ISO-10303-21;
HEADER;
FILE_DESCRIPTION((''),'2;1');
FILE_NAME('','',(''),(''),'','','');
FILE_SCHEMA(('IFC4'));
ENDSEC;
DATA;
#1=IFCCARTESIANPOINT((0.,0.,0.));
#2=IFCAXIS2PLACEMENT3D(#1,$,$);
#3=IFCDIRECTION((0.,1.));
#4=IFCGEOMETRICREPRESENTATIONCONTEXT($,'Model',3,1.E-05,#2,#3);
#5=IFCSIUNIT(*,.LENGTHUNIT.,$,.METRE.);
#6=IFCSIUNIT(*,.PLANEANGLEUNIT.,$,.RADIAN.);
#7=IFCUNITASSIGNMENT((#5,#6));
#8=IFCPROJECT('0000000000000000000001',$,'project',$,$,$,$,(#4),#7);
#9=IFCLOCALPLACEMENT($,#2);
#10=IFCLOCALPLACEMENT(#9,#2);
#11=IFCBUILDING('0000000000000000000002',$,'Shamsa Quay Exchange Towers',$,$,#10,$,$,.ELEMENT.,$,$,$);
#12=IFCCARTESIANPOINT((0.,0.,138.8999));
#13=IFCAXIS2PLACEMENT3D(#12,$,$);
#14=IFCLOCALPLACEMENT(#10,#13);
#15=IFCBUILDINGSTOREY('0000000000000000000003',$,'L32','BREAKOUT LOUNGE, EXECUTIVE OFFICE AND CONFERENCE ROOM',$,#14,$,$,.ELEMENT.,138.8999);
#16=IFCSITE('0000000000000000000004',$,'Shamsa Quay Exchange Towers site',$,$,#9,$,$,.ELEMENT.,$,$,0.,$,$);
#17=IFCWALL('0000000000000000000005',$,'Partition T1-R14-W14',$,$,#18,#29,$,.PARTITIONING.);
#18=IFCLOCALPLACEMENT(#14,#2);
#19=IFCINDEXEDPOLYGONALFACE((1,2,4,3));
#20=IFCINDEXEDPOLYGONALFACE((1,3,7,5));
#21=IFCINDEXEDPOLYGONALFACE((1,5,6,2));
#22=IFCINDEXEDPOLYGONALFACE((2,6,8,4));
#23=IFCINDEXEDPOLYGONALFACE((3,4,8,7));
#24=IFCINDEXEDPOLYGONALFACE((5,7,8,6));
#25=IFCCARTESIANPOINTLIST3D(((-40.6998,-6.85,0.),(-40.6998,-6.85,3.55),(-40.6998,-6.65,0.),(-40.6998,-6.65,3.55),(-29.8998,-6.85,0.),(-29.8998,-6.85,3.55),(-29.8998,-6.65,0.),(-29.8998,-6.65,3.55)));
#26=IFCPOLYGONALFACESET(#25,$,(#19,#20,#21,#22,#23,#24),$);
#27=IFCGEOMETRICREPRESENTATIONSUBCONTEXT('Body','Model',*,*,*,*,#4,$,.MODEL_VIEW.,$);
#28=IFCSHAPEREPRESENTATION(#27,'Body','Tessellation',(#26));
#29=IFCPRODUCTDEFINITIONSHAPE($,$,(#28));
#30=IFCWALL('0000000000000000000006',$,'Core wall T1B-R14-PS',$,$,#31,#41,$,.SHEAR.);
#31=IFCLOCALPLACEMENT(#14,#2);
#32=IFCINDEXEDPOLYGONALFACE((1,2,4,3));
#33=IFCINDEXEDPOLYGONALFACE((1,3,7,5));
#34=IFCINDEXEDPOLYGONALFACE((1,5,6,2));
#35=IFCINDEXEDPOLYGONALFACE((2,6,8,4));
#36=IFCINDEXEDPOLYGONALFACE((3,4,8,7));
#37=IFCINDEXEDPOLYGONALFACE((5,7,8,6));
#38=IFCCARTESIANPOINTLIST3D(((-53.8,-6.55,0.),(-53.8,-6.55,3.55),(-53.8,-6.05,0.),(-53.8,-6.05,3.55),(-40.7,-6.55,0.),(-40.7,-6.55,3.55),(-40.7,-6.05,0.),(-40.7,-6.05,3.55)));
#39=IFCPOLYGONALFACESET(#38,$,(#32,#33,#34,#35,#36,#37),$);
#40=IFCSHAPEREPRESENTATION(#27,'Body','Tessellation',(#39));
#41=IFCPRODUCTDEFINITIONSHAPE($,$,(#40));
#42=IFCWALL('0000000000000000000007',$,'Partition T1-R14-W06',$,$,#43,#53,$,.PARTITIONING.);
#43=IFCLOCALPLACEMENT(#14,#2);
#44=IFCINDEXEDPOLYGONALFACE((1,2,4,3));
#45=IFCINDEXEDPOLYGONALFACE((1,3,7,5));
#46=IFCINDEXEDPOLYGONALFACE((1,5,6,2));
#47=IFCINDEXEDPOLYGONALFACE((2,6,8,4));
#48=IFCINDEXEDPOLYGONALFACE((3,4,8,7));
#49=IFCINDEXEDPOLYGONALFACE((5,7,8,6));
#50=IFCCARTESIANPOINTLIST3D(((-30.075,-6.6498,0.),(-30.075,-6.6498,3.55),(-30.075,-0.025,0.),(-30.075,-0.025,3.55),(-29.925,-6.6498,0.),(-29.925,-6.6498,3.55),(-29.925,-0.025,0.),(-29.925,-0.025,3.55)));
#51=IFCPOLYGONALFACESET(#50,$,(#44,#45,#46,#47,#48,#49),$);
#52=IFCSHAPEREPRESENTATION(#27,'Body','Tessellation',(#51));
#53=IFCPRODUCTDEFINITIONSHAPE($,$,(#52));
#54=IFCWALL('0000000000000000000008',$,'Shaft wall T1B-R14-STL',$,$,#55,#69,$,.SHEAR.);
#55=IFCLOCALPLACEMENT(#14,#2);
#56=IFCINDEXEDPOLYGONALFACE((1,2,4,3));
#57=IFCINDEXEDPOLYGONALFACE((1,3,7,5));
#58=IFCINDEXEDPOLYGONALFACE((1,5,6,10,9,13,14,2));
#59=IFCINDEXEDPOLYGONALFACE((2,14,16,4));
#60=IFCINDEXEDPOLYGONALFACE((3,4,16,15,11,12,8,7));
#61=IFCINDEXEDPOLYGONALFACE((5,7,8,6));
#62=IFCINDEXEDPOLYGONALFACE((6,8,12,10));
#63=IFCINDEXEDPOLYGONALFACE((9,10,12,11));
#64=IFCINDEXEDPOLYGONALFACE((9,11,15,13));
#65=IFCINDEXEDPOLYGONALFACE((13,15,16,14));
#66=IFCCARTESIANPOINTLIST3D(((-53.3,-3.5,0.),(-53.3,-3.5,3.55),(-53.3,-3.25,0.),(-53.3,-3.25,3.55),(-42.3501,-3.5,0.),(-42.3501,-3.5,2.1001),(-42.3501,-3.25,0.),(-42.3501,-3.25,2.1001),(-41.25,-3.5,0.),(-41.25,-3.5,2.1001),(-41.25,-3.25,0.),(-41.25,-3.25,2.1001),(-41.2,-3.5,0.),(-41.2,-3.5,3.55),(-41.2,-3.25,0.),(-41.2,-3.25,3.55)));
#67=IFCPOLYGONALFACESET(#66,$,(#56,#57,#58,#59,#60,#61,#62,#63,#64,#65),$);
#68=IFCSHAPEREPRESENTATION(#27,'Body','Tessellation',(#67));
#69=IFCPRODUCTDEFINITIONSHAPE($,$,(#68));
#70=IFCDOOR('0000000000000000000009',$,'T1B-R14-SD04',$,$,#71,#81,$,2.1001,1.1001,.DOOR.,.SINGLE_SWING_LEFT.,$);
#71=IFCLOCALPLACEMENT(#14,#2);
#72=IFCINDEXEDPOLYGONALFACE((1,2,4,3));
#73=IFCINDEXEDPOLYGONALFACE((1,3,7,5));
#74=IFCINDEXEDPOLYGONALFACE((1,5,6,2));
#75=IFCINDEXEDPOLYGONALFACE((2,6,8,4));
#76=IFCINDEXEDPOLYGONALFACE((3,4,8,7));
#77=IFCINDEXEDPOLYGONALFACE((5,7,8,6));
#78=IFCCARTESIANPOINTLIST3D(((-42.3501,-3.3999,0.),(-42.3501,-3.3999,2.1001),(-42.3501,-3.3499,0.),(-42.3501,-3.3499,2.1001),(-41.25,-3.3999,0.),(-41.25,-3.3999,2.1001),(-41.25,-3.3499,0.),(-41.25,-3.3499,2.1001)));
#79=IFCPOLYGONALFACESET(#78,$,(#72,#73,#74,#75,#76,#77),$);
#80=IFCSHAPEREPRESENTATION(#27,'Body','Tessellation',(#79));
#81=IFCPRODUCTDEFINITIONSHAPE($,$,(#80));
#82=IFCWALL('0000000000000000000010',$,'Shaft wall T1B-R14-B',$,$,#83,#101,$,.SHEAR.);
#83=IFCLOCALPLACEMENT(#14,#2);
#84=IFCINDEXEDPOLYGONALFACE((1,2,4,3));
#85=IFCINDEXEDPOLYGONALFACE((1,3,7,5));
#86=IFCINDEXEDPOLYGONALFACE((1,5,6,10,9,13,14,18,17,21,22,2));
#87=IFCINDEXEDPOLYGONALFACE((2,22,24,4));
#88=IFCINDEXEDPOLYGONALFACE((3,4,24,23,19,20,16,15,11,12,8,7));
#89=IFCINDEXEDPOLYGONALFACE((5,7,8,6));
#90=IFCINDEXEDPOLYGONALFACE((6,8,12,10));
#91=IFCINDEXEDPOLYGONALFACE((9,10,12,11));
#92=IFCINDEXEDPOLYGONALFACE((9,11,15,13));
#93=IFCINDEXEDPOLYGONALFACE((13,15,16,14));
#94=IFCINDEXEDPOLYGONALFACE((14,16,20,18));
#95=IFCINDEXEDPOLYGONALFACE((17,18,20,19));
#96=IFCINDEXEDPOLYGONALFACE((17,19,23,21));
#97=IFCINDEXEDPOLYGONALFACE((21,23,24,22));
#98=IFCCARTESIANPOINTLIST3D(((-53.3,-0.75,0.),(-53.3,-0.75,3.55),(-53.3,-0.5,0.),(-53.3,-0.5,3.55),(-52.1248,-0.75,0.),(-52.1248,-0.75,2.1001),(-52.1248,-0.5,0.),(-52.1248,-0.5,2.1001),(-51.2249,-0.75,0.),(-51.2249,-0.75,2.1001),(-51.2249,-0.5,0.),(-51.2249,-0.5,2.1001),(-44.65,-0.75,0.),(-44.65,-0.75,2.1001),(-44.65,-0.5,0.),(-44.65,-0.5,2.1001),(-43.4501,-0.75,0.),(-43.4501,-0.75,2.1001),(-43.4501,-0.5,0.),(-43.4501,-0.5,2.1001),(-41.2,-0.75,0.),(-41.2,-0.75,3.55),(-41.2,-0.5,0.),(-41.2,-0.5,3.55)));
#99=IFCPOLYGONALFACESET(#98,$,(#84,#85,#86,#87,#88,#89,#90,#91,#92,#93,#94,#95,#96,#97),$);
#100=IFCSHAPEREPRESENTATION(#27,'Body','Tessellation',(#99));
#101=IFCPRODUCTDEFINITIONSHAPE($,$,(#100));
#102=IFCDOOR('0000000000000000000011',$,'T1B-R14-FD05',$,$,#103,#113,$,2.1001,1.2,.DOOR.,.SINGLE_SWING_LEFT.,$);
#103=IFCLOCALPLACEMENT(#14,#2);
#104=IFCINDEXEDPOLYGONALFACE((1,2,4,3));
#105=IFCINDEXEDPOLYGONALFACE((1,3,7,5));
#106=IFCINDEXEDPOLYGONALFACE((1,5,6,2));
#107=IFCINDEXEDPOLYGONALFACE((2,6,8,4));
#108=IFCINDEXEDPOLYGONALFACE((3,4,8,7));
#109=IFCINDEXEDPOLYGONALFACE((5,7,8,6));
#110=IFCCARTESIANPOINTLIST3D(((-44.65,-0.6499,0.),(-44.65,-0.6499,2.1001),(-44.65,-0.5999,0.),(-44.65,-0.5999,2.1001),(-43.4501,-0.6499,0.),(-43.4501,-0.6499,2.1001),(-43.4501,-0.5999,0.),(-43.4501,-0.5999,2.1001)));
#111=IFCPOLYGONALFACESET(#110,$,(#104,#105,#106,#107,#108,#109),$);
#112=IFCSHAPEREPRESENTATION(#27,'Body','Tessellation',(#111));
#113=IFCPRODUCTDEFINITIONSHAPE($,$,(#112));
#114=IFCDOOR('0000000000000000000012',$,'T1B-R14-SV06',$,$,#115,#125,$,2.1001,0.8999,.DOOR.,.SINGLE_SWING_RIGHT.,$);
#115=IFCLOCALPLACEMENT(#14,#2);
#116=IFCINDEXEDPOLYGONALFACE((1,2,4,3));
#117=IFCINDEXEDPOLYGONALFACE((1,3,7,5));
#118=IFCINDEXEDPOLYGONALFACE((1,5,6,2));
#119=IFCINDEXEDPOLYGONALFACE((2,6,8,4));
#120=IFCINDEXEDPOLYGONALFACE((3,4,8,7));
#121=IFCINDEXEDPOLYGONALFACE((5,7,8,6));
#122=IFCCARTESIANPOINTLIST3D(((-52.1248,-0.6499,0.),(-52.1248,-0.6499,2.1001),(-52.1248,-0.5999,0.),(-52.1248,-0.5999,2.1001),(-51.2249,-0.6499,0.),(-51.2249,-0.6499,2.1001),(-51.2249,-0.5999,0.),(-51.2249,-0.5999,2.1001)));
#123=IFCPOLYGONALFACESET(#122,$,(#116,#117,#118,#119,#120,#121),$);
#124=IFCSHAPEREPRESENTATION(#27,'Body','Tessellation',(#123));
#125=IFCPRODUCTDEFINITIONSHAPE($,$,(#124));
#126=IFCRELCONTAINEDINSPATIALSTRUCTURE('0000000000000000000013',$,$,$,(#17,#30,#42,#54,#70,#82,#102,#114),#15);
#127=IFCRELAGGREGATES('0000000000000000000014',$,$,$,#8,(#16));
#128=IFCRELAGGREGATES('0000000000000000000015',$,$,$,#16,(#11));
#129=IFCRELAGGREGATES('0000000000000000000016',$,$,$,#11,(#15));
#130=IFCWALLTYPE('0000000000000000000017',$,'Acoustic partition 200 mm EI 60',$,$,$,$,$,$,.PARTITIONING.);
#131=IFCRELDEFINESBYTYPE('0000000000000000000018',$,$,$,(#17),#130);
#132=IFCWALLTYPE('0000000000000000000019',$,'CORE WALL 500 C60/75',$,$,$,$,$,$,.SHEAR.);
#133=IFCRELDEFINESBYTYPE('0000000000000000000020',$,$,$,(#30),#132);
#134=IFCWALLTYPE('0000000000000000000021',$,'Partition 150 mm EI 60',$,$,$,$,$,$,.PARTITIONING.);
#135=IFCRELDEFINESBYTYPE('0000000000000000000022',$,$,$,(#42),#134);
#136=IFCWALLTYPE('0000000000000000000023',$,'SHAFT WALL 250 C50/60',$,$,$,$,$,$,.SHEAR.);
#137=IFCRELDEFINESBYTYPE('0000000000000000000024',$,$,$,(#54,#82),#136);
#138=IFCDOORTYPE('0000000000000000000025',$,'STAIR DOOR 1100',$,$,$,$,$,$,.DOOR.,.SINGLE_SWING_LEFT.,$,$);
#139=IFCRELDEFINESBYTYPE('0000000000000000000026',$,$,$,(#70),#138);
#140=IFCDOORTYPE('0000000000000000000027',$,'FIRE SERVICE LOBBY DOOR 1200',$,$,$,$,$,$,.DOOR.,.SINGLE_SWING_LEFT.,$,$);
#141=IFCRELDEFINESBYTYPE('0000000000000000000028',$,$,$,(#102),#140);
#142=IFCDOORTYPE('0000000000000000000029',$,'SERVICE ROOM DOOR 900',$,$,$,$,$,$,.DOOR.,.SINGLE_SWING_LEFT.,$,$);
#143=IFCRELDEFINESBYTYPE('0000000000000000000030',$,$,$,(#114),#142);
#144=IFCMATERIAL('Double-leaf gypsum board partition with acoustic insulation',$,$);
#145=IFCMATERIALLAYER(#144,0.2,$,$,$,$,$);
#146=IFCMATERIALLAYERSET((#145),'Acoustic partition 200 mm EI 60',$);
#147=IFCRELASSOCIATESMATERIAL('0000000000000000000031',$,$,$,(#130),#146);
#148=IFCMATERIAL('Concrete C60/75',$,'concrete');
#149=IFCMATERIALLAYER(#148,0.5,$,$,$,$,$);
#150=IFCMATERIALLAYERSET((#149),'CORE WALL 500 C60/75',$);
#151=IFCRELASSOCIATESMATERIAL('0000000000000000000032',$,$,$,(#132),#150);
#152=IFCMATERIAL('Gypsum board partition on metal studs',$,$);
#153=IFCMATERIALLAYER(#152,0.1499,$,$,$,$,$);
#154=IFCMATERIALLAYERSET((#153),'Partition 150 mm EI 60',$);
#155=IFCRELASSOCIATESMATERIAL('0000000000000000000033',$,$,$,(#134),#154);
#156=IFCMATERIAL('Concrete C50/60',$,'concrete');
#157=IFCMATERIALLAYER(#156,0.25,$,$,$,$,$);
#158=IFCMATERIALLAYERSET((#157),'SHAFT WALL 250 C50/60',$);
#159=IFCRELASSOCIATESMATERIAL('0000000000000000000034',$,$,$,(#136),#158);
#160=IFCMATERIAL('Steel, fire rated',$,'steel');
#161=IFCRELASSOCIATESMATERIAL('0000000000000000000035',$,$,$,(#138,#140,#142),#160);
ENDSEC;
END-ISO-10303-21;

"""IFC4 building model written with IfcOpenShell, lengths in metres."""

from ifc_helpers import new_model, si_unit, direction, frame, frame_2d, origin, place, context, subcontext, project, spatial, rectangle, extrude, material, layer, layer_set, type_object, element, fill, save


model = new_model("IFC4")

# Units and contexts
model_context = context("Model", 3, precision=1e-05, world=origin(), true_north=direction((0.0, 1.0)))
body_context = subcontext(model_context, "Body", "Model", "MODEL_VIEW")
ifc_project = project(units=[si_unit("LENGTHUNIT", "METRE"), si_unit("PLANEANGLEUNIT", "RADIAN")], contexts=[model_context])

# Site, building, storey
site_placement = place(None, origin())
site = spatial("IfcSite", under=ifc_project, at=site_placement, Name="Shamsa Quay Exchange Towers site", CompositionType="ELEMENT", RefElevation=0.0)
building_placement = place(site_placement, origin())
building = spatial("IfcBuilding", under=site, at=building_placement, Name="Shamsa Quay Exchange Towers", CompositionType="ELEMENT")
storey_placement = place(building_placement, frame((0.0, 0.0, 138.8999)))
storey = spatial("IfcBuildingStorey", under=building, at=storey_placement, Name="L32", Description="BREAKOUT LOUNGE, EXECUTIVE OFFICE AND CONFERENCE ROOM", CompositionType="ELEMENT", Elevation=138.8999)

# Shared definitions
ifc_material_1 = material(Name="Double-leaf gypsum board partition with acoustic insulation")
ifc_layer_1 = layer(ifc_material_1, 0.2)
ifc_layer_set_1 = layer_set([ifc_layer_1], Name="Acoustic partition 200 mm EI 60")
wall_type_1 = type_object("IfcWallType", Name="Acoustic partition 200 mm EI 60", PredefinedType="PARTITIONING", material=ifc_layer_set_1)

# Walls
wall_1_placement = place(storey_placement, frame((-29.8999, -6.75, 0.0), z_axis=(0.0, 0.0, 1.0), x_axis=(-1.0, 0.0, 0.0)))
element("IfcWall", 1, at=wall_1_placement, inside=storey, type_object=wall_type_1, Name="Partition T1-R14-W14", PredefinedType="PARTITIONING", context=body_context, shape_type="SweptSolid", body=[
    extrude(rectangle(XDim=10.8, YDim=0.2, at=frame_2d((5.3999, 0.0))), origin(), (0.0, 0.0, 1.0), 3.55),
])
ifc_material_2 = material(Name="Concrete C60/75", Category="concrete")
ifc_layer_2 = layer(ifc_material_2, 0.5)
ifc_layer_set_2 = layer_set([ifc_layer_2], Name="CORE WALL 500 C60/75")
wall_type_2 = type_object("IfcWallType", Name="CORE WALL 500 C60/75", PredefinedType="SHEAR", material=ifc_layer_set_2)
wall_2_placement = place(storey_placement, frame((-40.7, -6.3, 0.0), z_axis=(0.0, 0.0, 1.0), x_axis=(-1.0, 0.0, 0.0)))
element("IfcWall", 2, at=wall_2_placement, inside=storey, type_object=wall_type_2, Name="Core wall T1B-R14-PS", PredefinedType="SHEAR", context=body_context, shape_type="SweptSolid", body=[
    extrude(rectangle(XDim=13.1001, YDim=0.5, at=frame_2d((6.55, 0.0))), origin(), (0.0, 0.0, 1.0), 3.55),
])

# Shared definitions
ifc_material_3 = material(Name="Steel, fire rated", Category="steel")

# Wall
ifc_material_4 = material(Name="Gypsum board partition on metal studs")
ifc_layer_3 = layer(ifc_material_4, 0.1499)
ifc_layer_set_3 = layer_set([ifc_layer_3], Name="Partition 150 mm EI 60")
wall_type_3 = type_object("IfcWallType", Name="Partition 150 mm EI 60", PredefinedType="PARTITIONING", material=ifc_layer_set_3)
wall_3_placement = place(storey_placement, frame((-30.0, -6.6499, 0.0), z_axis=(0.0, 0.0, 1.0), x_axis=(0.0, 1.0, 0.0)))
element("IfcWall", 3, at=wall_3_placement, inside=storey, type_object=wall_type_3, Name="Partition T1-R14-W06", PredefinedType="PARTITIONING", context=body_context, shape_type="SweptSolid", body=[
    extrude(rectangle(XDim=6.6248, YDim=0.1499, at=frame_2d((3.3125, 0.0))), origin(), (0.0, 0.0, 1.0), 3.55),
])

# Wall, opening, door
ifc_material_5 = material(Name="Concrete C50/60", Category="concrete")
ifc_layer_4 = layer(ifc_material_5, 0.25)
ifc_layer_set_4 = layer_set([ifc_layer_4], Name="SHAFT WALL 250 C50/60")
wall_type_4 = type_object("IfcWallType", Name="SHAFT WALL 250 C50/60", PredefinedType="SHEAR", material=ifc_layer_set_4)
wall_4_placement = place(storey_placement, frame((-41.2, -3.375, 0.0), z_axis=(0.0, 0.0, 1.0), x_axis=(-1.0, 0.0, 0.0)))
wall_4 = element("IfcWall", 4, at=wall_4_placement, inside=storey, type_object=wall_type_4, Name="Shaft wall T1B-R14-STL", PredefinedType="SHEAR", context=body_context, shape_type="SweptSolid", body=[
    extrude(rectangle(XDim=12.1001, YDim=0.25, at=frame_2d((6.05, 0.0))), origin(), (0.0, 0.0, 1.0), 3.55),
])
opening_1_placement = place(wall_4_placement, frame((0.05, 0.0, 0.0)))
opening_1 = element("IfcOpeningElement", 5, at=opening_1_placement, cuts=wall_4, PredefinedType="OPENING", context=body_context, shape_type="SweptSolid", body=[
    extrude(rectangle(XDim=1.1001, YDim=2.1001, at=frame_2d((0.55, 1.05))), frame((0.0, 0.135, 0.0), z_axis=(0.0, -1.0, 0.0), x_axis=(1.0, 0.0, 0.0)), (0.0, 0.0, 1.0), 0.27),
])
door_type_1 = type_object("IfcDoorType", Name="STAIR DOOR 1100", OperationType="SINGLE_SWING_LEFT", PredefinedType="DOOR", material=ifc_material_3)
door_1_placement = place(opening_1_placement, origin())
door_1 = element("IfcDoor", 6, at=door_1_placement, inside=storey, type_object=door_type_1, Name="T1B-R14-SD04", OperationType="SINGLE_SWING_LEFT", OverallHeight=2.1001, OverallWidth=1.1001, PredefinedType="DOOR", context=body_context, shape_type="SweptSolid", body=[
    extrude(rectangle(XDim=1.1001, YDim=2.1001, at=frame_2d((0.55, 1.05))), frame((0.0, 0.0249, 0.0), z_axis=(0.0, -1.0, 0.0), x_axis=(1.0, 0.0, 0.0)), (0.0, 0.0, 1.0), 0.05),
])
fill(opening_1, door_1)

# Wall, openings, doors
wall_5_placement = place(storey_placement, frame((-41.2, -0.625, 0.0), z_axis=(0.0, 0.0, 1.0), x_axis=(-1.0, 0.0, 0.0)))
wall_5 = element("IfcWall", 7, at=wall_5_placement, inside=storey, type_object=wall_type_4, Name="Shaft wall T1B-R14-B", PredefinedType="SHEAR", context=body_context, shape_type="SweptSolid", body=[
    extrude(rectangle(XDim=12.1001, YDim=0.25, at=frame_2d((6.05, 0.0))), origin(), (0.0, 0.0, 1.0), 3.55),
])
opening_2_placement = place(wall_5_placement, frame((2.25, 0.0, 0.0)))
opening_2 = element("IfcOpeningElement", 8, at=opening_2_placement, cuts=wall_5, PredefinedType="OPENING", context=body_context, shape_type="SweptSolid", body=[
    extrude(rectangle(XDim=1.2, YDim=2.1001, at=frame_2d((0.6001, 1.05))), frame((0.0, 0.135, 0.0), z_axis=(0.0, -1.0, 0.0), x_axis=(1.0, 0.0, 0.0)), (0.0, 0.0, 1.0), 0.27),
])
opening_3_placement = place(wall_5_placement, frame((10.0249, 0.0, 0.0)))
opening_3 = element("IfcOpeningElement", 9, at=opening_3_placement, cuts=wall_5, PredefinedType="OPENING", context=body_context, shape_type="SweptSolid", body=[
    extrude(rectangle(XDim=0.8999, YDim=2.1001, at=frame_2d((0.45, 1.05))), frame((0.0, 0.135, 0.0), z_axis=(0.0, -1.0, 0.0), x_axis=(1.0, 0.0, 0.0)), (0.0, 0.0, 1.0), 0.27),
])
door_type_2 = type_object("IfcDoorType", Name="FIRE SERVICE LOBBY DOOR 1200", OperationType="SINGLE_SWING_LEFT", PredefinedType="DOOR", material=ifc_material_3)
door_2_placement = place(opening_2_placement, origin())
door_2 = element("IfcDoor", 10, at=door_2_placement, inside=storey, type_object=door_type_2, Name="T1B-R14-FD05", OperationType="SINGLE_SWING_LEFT", OverallHeight=2.1001, OverallWidth=1.2, PredefinedType="DOOR", context=body_context, shape_type="SweptSolid", body=[
    extrude(rectangle(XDim=1.2, YDim=2.1001, at=frame_2d((0.6001, 1.05))), frame((0.0, 0.0249, 0.0), z_axis=(0.0, -1.0, 0.0), x_axis=(1.0, 0.0, 0.0)), (0.0, 0.0, 1.0), 0.05),
])
fill(opening_2, door_2)
door_type_3 = type_object("IfcDoorType", Name="SERVICE ROOM DOOR 900", OperationType="SINGLE_SWING_LEFT", PredefinedType="DOOR", material=ifc_material_3)
door_3_placement = place(opening_3_placement, origin())
door_3 = element("IfcDoor", 11, at=door_3_placement, inside=storey, type_object=door_type_3, Name="T1B-R14-SV06", OperationType="SINGLE_SWING_RIGHT", OverallHeight=2.1001, OverallWidth=0.8999, PredefinedType="DOOR", context=body_context, shape_type="SweptSolid", body=[
    extrude(rectangle(XDim=0.8999, YDim=2.1001, at=frame_2d((0.45, 1.05))), frame((0.0, 0.0249, 0.0), z_axis=(0.0, -1.0, 0.0), x_axis=(1.0, 0.0, 0.0)), (0.0, 0.0, 1.0), 0.05),
])
fill(opening_3, door_3)

save(model, "model.ifc")
